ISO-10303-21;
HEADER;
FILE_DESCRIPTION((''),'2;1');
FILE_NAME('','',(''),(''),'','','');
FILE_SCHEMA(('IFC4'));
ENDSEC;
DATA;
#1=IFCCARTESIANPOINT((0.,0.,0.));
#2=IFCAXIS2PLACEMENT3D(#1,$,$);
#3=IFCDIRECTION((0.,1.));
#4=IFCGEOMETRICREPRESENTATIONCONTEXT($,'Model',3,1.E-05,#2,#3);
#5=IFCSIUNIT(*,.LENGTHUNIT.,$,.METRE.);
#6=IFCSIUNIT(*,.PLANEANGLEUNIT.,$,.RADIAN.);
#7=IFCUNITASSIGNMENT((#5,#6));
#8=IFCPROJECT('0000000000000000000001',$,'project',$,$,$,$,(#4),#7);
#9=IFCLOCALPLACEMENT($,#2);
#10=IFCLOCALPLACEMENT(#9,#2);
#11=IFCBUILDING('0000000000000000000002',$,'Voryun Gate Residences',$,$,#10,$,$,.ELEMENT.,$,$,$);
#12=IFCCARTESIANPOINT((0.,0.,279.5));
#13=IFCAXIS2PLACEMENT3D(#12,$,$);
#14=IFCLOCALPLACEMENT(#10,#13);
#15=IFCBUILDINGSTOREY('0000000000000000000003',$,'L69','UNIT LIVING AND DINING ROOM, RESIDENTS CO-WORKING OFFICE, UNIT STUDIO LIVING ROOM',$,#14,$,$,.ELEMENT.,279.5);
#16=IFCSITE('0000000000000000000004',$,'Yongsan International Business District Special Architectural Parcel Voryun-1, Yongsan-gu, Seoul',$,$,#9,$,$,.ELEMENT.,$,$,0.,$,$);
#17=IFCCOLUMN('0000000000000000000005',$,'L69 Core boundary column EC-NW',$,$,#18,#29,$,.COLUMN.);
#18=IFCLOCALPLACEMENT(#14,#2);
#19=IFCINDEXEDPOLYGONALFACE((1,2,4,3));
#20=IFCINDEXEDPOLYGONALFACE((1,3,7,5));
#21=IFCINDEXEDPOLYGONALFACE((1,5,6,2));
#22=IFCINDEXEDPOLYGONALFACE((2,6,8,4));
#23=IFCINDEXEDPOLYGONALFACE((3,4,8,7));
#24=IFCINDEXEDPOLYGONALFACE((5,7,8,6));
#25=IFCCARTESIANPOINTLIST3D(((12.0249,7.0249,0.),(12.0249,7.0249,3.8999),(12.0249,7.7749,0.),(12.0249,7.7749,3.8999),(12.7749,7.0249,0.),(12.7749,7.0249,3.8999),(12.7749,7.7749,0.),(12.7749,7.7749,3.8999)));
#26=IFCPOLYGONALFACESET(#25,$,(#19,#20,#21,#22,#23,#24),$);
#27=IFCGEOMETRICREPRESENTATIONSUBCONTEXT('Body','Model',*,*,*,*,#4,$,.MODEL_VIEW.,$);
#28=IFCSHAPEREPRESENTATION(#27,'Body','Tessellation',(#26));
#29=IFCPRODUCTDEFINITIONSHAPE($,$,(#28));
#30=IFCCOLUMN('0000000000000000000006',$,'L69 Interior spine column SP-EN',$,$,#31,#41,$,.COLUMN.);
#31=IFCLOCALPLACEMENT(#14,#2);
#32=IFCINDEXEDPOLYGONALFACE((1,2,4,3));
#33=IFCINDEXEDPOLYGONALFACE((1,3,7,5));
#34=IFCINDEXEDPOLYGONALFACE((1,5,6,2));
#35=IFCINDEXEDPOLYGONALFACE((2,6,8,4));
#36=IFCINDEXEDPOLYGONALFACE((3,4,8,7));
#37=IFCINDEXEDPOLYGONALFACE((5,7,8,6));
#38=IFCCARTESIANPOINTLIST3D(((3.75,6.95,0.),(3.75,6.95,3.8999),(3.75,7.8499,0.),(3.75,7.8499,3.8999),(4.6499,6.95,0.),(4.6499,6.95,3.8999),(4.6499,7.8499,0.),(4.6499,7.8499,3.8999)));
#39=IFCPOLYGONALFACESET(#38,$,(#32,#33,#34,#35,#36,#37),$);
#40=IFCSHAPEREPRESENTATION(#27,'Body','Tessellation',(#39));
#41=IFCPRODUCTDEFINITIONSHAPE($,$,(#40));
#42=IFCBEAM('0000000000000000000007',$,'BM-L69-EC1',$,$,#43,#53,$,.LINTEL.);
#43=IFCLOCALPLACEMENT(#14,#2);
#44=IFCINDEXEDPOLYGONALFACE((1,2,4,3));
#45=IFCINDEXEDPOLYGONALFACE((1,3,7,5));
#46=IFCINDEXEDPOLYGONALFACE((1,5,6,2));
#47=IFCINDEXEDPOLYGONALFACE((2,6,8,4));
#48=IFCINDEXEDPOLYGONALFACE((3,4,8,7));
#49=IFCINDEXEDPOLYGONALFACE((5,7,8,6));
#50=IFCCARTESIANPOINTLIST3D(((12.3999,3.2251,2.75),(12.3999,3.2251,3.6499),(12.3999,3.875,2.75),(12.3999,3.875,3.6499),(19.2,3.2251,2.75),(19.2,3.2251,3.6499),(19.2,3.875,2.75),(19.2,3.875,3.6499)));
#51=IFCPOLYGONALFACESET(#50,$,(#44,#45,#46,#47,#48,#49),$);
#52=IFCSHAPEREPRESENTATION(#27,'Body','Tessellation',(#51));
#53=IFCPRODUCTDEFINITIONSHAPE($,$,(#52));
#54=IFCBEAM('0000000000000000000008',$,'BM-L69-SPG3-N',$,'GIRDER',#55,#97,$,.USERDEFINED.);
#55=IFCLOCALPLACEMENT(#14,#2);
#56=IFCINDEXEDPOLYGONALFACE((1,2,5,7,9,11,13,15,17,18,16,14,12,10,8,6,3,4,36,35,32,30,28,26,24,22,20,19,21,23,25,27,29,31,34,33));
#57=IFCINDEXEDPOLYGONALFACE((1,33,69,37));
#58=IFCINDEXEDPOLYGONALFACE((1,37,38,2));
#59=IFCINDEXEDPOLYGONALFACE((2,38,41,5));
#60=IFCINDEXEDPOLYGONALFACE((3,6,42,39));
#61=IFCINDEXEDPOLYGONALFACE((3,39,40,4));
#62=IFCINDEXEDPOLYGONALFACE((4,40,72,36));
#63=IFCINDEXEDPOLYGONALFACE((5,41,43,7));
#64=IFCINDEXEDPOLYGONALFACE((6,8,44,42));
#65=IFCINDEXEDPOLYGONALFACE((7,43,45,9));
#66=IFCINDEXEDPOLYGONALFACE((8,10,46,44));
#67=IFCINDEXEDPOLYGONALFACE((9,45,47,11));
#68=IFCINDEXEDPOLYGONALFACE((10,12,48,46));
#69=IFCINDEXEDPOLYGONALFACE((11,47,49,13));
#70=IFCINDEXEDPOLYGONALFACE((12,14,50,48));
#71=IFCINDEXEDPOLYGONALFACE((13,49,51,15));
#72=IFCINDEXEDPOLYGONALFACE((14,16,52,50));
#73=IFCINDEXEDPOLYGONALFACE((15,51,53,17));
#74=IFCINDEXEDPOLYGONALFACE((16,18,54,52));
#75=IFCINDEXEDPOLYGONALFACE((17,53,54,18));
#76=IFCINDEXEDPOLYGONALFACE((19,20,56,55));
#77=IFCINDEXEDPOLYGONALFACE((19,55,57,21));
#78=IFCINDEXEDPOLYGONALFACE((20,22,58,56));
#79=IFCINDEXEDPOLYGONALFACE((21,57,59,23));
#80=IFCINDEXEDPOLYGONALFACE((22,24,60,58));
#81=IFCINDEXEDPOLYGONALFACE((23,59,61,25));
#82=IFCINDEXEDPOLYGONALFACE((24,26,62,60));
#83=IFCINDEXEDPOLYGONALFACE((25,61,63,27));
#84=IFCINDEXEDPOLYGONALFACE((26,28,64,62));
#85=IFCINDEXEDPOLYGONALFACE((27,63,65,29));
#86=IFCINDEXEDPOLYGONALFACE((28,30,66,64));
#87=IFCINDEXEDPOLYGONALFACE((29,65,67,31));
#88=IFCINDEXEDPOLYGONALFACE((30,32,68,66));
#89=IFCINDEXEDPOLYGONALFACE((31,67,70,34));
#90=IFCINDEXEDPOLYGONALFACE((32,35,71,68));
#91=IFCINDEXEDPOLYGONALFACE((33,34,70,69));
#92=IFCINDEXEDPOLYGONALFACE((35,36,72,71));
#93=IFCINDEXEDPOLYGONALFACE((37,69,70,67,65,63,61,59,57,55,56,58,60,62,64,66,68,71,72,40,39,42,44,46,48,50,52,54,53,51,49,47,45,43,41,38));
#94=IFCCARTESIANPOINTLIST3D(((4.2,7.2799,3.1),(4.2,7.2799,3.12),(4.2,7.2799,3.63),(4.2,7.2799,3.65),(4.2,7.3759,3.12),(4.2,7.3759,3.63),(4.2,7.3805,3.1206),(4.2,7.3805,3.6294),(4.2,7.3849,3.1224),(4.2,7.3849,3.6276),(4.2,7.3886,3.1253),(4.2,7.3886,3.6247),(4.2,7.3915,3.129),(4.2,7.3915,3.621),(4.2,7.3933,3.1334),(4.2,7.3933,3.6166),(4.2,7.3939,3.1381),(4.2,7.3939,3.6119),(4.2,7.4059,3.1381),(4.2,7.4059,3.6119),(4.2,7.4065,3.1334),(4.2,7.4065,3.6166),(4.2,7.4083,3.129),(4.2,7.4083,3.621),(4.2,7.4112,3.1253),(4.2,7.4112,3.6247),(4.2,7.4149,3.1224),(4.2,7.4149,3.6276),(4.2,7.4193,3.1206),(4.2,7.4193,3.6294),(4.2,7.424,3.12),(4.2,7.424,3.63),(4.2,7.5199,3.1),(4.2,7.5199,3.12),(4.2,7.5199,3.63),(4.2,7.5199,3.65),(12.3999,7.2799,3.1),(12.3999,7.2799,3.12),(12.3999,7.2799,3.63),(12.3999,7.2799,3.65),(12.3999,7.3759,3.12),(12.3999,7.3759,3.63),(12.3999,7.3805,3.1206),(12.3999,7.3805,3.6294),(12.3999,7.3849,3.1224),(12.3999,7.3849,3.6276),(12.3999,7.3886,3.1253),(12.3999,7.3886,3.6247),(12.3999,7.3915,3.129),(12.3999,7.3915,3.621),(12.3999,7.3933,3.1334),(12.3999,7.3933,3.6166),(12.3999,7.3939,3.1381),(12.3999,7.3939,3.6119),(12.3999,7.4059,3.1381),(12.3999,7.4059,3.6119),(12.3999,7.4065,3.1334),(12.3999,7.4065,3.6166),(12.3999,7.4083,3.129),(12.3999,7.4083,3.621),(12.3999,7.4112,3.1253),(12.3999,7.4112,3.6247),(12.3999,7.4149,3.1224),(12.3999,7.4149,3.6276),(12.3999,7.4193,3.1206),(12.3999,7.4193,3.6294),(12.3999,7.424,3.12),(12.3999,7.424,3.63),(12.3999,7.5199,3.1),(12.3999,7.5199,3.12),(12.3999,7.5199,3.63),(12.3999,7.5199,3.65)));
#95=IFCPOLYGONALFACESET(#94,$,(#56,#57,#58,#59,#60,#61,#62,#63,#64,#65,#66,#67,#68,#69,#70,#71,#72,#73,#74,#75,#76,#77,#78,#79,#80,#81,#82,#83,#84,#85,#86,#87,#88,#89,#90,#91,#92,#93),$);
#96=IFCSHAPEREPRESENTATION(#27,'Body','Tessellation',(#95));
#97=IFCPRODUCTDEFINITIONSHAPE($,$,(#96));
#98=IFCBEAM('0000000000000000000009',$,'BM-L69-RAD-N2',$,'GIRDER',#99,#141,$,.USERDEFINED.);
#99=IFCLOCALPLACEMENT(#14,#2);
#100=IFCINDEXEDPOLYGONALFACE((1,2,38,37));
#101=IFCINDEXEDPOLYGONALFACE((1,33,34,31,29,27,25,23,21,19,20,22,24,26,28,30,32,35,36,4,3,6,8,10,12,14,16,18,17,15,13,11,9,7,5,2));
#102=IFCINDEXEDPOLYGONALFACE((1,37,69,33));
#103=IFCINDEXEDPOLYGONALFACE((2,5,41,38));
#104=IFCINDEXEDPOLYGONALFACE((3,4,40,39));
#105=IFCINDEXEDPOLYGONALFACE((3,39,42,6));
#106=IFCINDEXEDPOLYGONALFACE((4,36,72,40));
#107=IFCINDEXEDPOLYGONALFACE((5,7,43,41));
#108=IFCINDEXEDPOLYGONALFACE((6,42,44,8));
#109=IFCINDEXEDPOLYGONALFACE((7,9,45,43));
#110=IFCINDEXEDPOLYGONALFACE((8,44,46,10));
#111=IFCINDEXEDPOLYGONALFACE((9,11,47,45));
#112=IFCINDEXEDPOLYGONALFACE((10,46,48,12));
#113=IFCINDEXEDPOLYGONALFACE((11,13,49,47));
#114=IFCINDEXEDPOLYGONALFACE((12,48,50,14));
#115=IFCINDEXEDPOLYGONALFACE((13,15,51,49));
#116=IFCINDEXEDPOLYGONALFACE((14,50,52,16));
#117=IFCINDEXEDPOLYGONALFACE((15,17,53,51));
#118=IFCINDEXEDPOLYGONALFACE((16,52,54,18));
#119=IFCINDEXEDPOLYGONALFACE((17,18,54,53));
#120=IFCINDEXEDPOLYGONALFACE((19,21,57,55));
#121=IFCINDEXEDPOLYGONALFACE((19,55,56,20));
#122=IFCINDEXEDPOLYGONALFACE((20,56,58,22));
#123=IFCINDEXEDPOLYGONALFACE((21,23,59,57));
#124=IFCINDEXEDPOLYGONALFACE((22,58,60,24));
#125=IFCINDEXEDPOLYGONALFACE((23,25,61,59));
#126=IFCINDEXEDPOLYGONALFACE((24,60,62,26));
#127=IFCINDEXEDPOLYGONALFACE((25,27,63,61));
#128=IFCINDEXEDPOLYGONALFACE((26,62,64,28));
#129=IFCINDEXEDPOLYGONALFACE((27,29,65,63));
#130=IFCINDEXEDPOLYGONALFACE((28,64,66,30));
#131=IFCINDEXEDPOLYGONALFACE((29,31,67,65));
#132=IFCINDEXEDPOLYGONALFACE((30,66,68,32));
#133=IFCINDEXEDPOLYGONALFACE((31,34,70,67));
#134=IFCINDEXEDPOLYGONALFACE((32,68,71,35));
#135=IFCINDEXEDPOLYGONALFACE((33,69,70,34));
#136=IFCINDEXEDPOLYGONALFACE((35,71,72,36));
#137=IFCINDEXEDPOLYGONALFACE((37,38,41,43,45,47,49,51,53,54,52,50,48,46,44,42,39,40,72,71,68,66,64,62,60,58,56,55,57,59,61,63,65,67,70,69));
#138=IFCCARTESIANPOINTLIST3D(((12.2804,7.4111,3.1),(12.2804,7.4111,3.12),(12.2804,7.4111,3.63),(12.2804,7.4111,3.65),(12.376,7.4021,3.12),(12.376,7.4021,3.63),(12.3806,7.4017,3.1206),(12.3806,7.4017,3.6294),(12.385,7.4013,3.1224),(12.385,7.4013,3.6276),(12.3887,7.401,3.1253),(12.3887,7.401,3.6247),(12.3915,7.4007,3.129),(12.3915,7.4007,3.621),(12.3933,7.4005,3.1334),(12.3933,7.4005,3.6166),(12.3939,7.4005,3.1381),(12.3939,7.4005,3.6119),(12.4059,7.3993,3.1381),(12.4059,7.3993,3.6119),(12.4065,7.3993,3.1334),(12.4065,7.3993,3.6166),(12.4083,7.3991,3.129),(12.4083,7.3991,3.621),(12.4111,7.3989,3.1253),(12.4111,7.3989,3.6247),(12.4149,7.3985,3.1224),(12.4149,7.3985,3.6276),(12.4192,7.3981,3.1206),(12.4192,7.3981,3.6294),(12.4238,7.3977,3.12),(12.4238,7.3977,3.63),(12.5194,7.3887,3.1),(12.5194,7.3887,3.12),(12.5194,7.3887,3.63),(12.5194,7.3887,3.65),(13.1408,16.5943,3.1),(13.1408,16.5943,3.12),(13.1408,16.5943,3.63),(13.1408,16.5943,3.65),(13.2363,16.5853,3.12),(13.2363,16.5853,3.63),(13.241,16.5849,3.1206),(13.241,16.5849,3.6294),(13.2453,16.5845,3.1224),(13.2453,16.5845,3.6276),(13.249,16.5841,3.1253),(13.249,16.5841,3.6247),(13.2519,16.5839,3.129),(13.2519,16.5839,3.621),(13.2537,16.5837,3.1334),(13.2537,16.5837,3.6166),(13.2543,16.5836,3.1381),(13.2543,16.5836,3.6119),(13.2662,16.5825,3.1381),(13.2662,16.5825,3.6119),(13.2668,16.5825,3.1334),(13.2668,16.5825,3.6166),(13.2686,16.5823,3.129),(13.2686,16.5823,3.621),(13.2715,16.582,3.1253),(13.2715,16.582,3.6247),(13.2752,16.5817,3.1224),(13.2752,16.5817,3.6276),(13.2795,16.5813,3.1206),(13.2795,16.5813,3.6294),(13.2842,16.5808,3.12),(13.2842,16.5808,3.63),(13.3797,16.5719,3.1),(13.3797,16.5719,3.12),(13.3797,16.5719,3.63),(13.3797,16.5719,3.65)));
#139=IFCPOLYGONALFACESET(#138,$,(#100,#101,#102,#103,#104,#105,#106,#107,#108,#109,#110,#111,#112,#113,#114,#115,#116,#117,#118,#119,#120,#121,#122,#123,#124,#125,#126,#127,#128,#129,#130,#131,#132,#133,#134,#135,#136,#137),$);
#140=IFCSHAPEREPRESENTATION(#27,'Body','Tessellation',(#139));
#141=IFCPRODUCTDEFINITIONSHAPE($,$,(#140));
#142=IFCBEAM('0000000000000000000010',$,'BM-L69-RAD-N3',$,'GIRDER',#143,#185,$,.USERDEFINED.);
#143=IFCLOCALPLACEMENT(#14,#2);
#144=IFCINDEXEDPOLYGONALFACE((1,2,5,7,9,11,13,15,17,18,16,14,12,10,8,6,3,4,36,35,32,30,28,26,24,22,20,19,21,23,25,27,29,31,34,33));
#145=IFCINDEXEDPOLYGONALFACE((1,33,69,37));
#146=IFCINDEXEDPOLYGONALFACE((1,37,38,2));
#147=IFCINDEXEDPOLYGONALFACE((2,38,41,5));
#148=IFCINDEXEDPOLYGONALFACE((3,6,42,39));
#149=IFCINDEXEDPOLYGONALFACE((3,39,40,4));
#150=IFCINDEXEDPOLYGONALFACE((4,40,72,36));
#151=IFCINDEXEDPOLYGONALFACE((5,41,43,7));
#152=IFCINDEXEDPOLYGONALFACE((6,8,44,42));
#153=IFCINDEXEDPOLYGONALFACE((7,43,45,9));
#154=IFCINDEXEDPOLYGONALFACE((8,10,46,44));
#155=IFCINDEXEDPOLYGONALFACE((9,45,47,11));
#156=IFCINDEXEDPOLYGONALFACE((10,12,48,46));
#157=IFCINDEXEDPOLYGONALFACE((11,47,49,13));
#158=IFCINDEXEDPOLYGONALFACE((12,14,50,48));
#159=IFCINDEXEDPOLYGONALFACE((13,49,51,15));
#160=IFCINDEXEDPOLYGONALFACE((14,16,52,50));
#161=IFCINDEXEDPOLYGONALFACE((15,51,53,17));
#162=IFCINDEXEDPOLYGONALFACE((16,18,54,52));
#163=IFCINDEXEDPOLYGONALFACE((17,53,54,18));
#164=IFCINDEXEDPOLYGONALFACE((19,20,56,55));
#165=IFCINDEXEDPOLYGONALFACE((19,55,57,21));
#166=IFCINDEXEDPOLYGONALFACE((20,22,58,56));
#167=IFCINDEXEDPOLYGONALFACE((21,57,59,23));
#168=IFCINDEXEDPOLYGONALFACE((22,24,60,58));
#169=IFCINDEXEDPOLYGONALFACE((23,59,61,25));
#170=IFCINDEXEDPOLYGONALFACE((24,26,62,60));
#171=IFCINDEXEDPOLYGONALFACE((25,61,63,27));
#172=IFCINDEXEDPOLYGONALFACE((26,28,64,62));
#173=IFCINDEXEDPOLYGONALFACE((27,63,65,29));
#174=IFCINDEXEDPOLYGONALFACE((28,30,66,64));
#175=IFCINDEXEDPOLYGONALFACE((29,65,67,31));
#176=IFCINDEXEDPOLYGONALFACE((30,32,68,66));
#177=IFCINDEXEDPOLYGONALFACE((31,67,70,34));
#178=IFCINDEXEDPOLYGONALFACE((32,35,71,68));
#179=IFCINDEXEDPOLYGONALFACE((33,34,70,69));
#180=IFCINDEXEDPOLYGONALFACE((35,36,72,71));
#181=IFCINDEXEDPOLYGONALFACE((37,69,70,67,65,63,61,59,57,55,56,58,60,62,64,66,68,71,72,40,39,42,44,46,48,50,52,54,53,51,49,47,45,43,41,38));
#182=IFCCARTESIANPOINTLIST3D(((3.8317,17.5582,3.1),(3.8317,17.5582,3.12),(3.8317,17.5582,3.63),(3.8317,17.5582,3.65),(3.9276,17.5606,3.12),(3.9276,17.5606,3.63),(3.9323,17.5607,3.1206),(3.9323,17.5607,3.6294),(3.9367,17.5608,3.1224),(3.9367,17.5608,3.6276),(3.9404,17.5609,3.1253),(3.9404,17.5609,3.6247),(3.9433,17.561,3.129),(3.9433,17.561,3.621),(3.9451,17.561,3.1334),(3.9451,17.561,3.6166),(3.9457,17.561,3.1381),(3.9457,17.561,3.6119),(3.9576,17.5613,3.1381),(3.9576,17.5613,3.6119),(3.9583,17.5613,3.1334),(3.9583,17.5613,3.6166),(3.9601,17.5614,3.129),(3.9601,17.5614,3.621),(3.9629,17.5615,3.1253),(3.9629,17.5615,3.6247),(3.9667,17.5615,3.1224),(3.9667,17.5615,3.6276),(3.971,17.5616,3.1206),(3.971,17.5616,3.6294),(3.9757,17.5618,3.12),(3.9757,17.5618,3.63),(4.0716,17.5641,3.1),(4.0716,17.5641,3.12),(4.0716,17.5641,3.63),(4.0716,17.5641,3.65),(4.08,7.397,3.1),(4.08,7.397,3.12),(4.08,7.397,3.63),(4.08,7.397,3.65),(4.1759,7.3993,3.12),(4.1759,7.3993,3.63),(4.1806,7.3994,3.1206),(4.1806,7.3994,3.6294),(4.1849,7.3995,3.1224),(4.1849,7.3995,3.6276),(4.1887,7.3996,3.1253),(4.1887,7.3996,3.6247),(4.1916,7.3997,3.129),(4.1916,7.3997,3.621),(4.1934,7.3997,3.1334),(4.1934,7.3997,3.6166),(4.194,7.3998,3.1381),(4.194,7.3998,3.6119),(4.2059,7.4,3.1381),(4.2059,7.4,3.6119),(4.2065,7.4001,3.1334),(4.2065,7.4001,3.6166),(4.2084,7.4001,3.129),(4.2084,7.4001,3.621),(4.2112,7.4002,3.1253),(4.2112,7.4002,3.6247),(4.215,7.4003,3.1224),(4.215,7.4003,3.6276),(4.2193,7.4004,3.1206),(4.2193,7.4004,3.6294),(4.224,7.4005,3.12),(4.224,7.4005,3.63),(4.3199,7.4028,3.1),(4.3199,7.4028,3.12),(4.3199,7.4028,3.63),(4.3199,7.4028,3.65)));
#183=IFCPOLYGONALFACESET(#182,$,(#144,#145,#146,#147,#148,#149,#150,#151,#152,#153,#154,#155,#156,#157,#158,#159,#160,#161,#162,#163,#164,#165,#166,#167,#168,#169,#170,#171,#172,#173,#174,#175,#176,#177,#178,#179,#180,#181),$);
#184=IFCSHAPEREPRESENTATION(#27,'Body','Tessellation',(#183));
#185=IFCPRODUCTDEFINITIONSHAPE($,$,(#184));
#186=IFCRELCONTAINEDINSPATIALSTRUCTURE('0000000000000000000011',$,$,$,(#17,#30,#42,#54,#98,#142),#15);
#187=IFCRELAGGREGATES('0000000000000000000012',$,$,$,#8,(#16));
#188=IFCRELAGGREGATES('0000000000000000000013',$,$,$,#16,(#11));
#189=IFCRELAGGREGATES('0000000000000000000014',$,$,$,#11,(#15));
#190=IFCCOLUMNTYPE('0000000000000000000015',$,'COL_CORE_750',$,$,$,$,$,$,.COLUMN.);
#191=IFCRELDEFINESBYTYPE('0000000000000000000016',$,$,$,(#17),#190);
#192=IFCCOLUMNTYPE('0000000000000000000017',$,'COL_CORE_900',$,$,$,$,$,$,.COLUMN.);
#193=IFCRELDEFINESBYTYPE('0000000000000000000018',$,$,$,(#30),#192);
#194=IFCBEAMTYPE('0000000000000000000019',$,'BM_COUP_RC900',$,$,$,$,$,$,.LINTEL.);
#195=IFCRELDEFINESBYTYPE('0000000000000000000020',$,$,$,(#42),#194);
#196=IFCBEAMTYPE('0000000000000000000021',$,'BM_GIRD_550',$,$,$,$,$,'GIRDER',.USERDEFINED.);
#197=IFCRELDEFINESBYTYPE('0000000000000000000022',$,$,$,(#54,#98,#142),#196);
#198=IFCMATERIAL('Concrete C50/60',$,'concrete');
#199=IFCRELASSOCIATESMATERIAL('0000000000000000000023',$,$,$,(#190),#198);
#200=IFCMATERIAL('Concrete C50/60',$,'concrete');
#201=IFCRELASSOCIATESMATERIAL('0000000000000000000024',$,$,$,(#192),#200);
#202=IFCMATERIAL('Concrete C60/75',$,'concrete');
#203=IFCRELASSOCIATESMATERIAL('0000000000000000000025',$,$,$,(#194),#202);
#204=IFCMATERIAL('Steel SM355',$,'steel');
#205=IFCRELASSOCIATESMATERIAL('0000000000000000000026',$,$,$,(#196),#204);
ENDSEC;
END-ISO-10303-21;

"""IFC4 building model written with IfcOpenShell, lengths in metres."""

from ifc_helpers import new_model, si_unit, direction, frame, origin, origin_2d, place, context, subcontext, project, spatial, rectangle, i_section, extrude, material, material_profile, profile_set, type_object, element, save


model = new_model("IFC4")

# Units and contexts
model_context = context("Model", 3, precision=1e-05, world=origin(), true_north=direction((0.0, 1.0)))
body_context = subcontext(model_context, "Body", "Model", "MODEL_VIEW")
ifc_project = project(units=[si_unit("LENGTHUNIT", "METRE"), si_unit("PLANEANGLEUNIT", "RADIAN")], contexts=[model_context])

# Site, building, storey
site_placement = place(None, origin())
site = spatial("IfcSite", under=ifc_project, at=site_placement, Name="Yongsan International Business District Special Architectural Parcel Voryun-1, Yongsan-gu, Seoul", CompositionType="ELEMENT", RefElevation=0.0)
building_placement = place(site_placement, origin())
building = spatial("IfcBuilding", under=site, at=building_placement, Name="Voryun Gate Residences", CompositionType="ELEMENT")
storey_placement = place(building_placement, frame((0.0, 0.0, 279.5)))
storey = spatial("IfcBuildingStorey", under=building, at=storey_placement, Name="L69", Description="UNIT LIVING AND DINING ROOM, RESIDENTS CO-WORKING OFFICE, UNIT STUDIO LIVING ROOM", CompositionType="ELEMENT", Elevation=279.5)

# Columns
ifc_material_1 = material(Name="Concrete C50/60", Category="concrete")
ifc_material_profile_1 = material_profile(ifc_material_1, rectangle(XDim=0.75, YDim=0.75, at=origin_2d()), Name="RC-750x750")
ifc_profile_set_1 = profile_set([ifc_material_profile_1], Name="Concrete C50/60")
column_type_1 = type_object("IfcColumnType", Name="COL_CORE_750", PredefinedType="COLUMN", material=ifc_profile_set_1)
column_1_placement = place(storey_placement, frame((12.3999, 7.3999, 0.0), z_axis=(0.0, 0.0, 1.0), x_axis=(1.0, 0.0, 0.0)))
element("IfcColumn", 1, at=column_1_placement, inside=storey, type_object=column_type_1, Name="L69 Core boundary column EC-NW", PredefinedType="COLUMN", context=body_context, shape_type="SweptSolid", body=[
    extrude(rectangle(XDim=0.75, YDim=0.75, at=origin_2d()), origin(), (0.0, 0.0, 1.0), 3.8999),
])
ifc_material_2 = material(Name="Concrete C50/60", Category="concrete")
ifc_material_profile_2 = material_profile(ifc_material_2, rectangle(XDim=0.8999, YDim=0.8999, at=origin_2d()), Name="RC-900x900")
ifc_profile_set_2 = profile_set([ifc_material_profile_2], Name="Concrete C50/60")
column_type_2 = type_object("IfcColumnType", Name="COL_CORE_900", PredefinedType="COLUMN", material=ifc_profile_set_2)
column_2_placement = place(storey_placement, frame((4.2, 7.3999, 0.0), z_axis=(0.0, 0.0, 1.0), x_axis=(1.0, 0.0, 0.0)))
element("IfcColumn", 2, at=column_2_placement, inside=storey, type_object=column_type_2, Name="L69 Interior spine column SP-EN", PredefinedType="COLUMN", context=body_context, shape_type="SweptSolid", body=[
    extrude(rectangle(XDim=0.8999, YDim=0.8999, at=origin_2d()), origin(), (0.0, 0.0, 1.0), 3.8999),
])

# Beams
ifc_material_3 = material(Name="Concrete C60/75", Category="concrete")
ifc_material_profile_3 = material_profile(ifc_material_3, rectangle(XDim=0.6499, YDim=0.8999, at=origin_2d()), Name="RC-650x900")
ifc_profile_set_3 = profile_set([ifc_material_profile_3], Name="Concrete C60/75")
beam_type_1 = type_object("IfcBeamType", Name="BM_COUP_RC900", PredefinedType="LINTEL", material=ifc_profile_set_3)
beam_1_placement = place(storey_placement, frame((12.3999, 3.55, 3.2), z_axis=(1.0, 0.0, 0.0), x_axis=(0.0, 1.0, 0.0)))
element("IfcBeam", 3, at=beam_1_placement, inside=storey, type_object=beam_type_1, Name="BM-L69-EC1", PredefinedType="LINTEL", context=body_context, shape_type="SweptSolid", body=[
    extrude(rectangle(XDim=0.6499, YDim=0.8999, at=origin_2d()), origin(), (0.0, 0.0, 1.0), 6.8),
])
ifc_material_4 = material(Name="Steel SM355", Category="steel")
ifc_material_profile_4 = material_profile(ifc_material_4, i_section(OverallWidth=0.24, OverallDepth=0.55, WebThickness=0.012, FlangeThickness=0.02, FilletRadius=0.0181, at=origin_2d()), Name="H-550x240x12x20")
ifc_profile_set_4 = profile_set([ifc_material_profile_4], Name="Steel SM355")
beam_type_2 = type_object("IfcBeamType", Name="BM_GIRD_550", ElementType="GIRDER", PredefinedType="USERDEFINED", material=ifc_profile_set_4)
beam_2_placement = place(storey_placement, frame((4.2, 7.3999, 3.375), z_axis=(1.0, 0.0, 0.0), x_axis=(0.0, 1.0, 0.0)))
element("IfcBeam", 4, at=beam_2_placement, inside=storey, type_object=beam_type_2, Name="BM-L69-SPG3-N", ObjectType="GIRDER", PredefinedType="USERDEFINED", context=body_context, shape_type="SweptSolid", body=[
    extrude(i_section(OverallWidth=0.24, OverallDepth=0.55, WebThickness=0.012, FlangeThickness=0.02, FilletRadius=0.0181, at=origin_2d()), origin(), (0.0, 0.0, 1.0), 8.2),
])
beam_3_placement = place(storey_placement, frame((12.3999, 7.3999, 3.375), z_axis=(0.09328, 0.99564, 0.0), x_axis=(-0.99564, 0.09328, 0.0)))
element("IfcBeam", 5, at=beam_3_placement, inside=storey, type_object=beam_type_2, Name="BM-L69-RAD-N2", ObjectType="GIRDER", PredefinedType="USERDEFINED", context=body_context, shape_type="SweptSolid", body=[
    extrude(i_section(OverallWidth=0.24, OverallDepth=0.55, WebThickness=0.012, FlangeThickness=0.02, FilletRadius=0.0181, at=origin_2d()), origin(), (0.0, 0.0, 1.0), 9.2234),
])
beam_4_placement = place(storey_placement, frame((4.2, 7.3999, 3.375), z_axis=(-0.024427, 0.999702, 0.0), x_axis=(-0.999702, -0.024427, 0.0)))
element("IfcBeam", 6, at=beam_4_placement, inside=storey, type_object=beam_type_2, Name="BM-L69-RAD-N3", ObjectType="GIRDER", PredefinedType="USERDEFINED", context=body_context, shape_type="SweptSolid", body=[
    extrude(i_section(OverallWidth=0.24, OverallDepth=0.55, WebThickness=0.012, FlangeThickness=0.02, FilletRadius=0.0181, at=origin_2d()), origin(), (0.0, 0.0, 1.0), 10.1643),
])

save(model, "model.ifc")
